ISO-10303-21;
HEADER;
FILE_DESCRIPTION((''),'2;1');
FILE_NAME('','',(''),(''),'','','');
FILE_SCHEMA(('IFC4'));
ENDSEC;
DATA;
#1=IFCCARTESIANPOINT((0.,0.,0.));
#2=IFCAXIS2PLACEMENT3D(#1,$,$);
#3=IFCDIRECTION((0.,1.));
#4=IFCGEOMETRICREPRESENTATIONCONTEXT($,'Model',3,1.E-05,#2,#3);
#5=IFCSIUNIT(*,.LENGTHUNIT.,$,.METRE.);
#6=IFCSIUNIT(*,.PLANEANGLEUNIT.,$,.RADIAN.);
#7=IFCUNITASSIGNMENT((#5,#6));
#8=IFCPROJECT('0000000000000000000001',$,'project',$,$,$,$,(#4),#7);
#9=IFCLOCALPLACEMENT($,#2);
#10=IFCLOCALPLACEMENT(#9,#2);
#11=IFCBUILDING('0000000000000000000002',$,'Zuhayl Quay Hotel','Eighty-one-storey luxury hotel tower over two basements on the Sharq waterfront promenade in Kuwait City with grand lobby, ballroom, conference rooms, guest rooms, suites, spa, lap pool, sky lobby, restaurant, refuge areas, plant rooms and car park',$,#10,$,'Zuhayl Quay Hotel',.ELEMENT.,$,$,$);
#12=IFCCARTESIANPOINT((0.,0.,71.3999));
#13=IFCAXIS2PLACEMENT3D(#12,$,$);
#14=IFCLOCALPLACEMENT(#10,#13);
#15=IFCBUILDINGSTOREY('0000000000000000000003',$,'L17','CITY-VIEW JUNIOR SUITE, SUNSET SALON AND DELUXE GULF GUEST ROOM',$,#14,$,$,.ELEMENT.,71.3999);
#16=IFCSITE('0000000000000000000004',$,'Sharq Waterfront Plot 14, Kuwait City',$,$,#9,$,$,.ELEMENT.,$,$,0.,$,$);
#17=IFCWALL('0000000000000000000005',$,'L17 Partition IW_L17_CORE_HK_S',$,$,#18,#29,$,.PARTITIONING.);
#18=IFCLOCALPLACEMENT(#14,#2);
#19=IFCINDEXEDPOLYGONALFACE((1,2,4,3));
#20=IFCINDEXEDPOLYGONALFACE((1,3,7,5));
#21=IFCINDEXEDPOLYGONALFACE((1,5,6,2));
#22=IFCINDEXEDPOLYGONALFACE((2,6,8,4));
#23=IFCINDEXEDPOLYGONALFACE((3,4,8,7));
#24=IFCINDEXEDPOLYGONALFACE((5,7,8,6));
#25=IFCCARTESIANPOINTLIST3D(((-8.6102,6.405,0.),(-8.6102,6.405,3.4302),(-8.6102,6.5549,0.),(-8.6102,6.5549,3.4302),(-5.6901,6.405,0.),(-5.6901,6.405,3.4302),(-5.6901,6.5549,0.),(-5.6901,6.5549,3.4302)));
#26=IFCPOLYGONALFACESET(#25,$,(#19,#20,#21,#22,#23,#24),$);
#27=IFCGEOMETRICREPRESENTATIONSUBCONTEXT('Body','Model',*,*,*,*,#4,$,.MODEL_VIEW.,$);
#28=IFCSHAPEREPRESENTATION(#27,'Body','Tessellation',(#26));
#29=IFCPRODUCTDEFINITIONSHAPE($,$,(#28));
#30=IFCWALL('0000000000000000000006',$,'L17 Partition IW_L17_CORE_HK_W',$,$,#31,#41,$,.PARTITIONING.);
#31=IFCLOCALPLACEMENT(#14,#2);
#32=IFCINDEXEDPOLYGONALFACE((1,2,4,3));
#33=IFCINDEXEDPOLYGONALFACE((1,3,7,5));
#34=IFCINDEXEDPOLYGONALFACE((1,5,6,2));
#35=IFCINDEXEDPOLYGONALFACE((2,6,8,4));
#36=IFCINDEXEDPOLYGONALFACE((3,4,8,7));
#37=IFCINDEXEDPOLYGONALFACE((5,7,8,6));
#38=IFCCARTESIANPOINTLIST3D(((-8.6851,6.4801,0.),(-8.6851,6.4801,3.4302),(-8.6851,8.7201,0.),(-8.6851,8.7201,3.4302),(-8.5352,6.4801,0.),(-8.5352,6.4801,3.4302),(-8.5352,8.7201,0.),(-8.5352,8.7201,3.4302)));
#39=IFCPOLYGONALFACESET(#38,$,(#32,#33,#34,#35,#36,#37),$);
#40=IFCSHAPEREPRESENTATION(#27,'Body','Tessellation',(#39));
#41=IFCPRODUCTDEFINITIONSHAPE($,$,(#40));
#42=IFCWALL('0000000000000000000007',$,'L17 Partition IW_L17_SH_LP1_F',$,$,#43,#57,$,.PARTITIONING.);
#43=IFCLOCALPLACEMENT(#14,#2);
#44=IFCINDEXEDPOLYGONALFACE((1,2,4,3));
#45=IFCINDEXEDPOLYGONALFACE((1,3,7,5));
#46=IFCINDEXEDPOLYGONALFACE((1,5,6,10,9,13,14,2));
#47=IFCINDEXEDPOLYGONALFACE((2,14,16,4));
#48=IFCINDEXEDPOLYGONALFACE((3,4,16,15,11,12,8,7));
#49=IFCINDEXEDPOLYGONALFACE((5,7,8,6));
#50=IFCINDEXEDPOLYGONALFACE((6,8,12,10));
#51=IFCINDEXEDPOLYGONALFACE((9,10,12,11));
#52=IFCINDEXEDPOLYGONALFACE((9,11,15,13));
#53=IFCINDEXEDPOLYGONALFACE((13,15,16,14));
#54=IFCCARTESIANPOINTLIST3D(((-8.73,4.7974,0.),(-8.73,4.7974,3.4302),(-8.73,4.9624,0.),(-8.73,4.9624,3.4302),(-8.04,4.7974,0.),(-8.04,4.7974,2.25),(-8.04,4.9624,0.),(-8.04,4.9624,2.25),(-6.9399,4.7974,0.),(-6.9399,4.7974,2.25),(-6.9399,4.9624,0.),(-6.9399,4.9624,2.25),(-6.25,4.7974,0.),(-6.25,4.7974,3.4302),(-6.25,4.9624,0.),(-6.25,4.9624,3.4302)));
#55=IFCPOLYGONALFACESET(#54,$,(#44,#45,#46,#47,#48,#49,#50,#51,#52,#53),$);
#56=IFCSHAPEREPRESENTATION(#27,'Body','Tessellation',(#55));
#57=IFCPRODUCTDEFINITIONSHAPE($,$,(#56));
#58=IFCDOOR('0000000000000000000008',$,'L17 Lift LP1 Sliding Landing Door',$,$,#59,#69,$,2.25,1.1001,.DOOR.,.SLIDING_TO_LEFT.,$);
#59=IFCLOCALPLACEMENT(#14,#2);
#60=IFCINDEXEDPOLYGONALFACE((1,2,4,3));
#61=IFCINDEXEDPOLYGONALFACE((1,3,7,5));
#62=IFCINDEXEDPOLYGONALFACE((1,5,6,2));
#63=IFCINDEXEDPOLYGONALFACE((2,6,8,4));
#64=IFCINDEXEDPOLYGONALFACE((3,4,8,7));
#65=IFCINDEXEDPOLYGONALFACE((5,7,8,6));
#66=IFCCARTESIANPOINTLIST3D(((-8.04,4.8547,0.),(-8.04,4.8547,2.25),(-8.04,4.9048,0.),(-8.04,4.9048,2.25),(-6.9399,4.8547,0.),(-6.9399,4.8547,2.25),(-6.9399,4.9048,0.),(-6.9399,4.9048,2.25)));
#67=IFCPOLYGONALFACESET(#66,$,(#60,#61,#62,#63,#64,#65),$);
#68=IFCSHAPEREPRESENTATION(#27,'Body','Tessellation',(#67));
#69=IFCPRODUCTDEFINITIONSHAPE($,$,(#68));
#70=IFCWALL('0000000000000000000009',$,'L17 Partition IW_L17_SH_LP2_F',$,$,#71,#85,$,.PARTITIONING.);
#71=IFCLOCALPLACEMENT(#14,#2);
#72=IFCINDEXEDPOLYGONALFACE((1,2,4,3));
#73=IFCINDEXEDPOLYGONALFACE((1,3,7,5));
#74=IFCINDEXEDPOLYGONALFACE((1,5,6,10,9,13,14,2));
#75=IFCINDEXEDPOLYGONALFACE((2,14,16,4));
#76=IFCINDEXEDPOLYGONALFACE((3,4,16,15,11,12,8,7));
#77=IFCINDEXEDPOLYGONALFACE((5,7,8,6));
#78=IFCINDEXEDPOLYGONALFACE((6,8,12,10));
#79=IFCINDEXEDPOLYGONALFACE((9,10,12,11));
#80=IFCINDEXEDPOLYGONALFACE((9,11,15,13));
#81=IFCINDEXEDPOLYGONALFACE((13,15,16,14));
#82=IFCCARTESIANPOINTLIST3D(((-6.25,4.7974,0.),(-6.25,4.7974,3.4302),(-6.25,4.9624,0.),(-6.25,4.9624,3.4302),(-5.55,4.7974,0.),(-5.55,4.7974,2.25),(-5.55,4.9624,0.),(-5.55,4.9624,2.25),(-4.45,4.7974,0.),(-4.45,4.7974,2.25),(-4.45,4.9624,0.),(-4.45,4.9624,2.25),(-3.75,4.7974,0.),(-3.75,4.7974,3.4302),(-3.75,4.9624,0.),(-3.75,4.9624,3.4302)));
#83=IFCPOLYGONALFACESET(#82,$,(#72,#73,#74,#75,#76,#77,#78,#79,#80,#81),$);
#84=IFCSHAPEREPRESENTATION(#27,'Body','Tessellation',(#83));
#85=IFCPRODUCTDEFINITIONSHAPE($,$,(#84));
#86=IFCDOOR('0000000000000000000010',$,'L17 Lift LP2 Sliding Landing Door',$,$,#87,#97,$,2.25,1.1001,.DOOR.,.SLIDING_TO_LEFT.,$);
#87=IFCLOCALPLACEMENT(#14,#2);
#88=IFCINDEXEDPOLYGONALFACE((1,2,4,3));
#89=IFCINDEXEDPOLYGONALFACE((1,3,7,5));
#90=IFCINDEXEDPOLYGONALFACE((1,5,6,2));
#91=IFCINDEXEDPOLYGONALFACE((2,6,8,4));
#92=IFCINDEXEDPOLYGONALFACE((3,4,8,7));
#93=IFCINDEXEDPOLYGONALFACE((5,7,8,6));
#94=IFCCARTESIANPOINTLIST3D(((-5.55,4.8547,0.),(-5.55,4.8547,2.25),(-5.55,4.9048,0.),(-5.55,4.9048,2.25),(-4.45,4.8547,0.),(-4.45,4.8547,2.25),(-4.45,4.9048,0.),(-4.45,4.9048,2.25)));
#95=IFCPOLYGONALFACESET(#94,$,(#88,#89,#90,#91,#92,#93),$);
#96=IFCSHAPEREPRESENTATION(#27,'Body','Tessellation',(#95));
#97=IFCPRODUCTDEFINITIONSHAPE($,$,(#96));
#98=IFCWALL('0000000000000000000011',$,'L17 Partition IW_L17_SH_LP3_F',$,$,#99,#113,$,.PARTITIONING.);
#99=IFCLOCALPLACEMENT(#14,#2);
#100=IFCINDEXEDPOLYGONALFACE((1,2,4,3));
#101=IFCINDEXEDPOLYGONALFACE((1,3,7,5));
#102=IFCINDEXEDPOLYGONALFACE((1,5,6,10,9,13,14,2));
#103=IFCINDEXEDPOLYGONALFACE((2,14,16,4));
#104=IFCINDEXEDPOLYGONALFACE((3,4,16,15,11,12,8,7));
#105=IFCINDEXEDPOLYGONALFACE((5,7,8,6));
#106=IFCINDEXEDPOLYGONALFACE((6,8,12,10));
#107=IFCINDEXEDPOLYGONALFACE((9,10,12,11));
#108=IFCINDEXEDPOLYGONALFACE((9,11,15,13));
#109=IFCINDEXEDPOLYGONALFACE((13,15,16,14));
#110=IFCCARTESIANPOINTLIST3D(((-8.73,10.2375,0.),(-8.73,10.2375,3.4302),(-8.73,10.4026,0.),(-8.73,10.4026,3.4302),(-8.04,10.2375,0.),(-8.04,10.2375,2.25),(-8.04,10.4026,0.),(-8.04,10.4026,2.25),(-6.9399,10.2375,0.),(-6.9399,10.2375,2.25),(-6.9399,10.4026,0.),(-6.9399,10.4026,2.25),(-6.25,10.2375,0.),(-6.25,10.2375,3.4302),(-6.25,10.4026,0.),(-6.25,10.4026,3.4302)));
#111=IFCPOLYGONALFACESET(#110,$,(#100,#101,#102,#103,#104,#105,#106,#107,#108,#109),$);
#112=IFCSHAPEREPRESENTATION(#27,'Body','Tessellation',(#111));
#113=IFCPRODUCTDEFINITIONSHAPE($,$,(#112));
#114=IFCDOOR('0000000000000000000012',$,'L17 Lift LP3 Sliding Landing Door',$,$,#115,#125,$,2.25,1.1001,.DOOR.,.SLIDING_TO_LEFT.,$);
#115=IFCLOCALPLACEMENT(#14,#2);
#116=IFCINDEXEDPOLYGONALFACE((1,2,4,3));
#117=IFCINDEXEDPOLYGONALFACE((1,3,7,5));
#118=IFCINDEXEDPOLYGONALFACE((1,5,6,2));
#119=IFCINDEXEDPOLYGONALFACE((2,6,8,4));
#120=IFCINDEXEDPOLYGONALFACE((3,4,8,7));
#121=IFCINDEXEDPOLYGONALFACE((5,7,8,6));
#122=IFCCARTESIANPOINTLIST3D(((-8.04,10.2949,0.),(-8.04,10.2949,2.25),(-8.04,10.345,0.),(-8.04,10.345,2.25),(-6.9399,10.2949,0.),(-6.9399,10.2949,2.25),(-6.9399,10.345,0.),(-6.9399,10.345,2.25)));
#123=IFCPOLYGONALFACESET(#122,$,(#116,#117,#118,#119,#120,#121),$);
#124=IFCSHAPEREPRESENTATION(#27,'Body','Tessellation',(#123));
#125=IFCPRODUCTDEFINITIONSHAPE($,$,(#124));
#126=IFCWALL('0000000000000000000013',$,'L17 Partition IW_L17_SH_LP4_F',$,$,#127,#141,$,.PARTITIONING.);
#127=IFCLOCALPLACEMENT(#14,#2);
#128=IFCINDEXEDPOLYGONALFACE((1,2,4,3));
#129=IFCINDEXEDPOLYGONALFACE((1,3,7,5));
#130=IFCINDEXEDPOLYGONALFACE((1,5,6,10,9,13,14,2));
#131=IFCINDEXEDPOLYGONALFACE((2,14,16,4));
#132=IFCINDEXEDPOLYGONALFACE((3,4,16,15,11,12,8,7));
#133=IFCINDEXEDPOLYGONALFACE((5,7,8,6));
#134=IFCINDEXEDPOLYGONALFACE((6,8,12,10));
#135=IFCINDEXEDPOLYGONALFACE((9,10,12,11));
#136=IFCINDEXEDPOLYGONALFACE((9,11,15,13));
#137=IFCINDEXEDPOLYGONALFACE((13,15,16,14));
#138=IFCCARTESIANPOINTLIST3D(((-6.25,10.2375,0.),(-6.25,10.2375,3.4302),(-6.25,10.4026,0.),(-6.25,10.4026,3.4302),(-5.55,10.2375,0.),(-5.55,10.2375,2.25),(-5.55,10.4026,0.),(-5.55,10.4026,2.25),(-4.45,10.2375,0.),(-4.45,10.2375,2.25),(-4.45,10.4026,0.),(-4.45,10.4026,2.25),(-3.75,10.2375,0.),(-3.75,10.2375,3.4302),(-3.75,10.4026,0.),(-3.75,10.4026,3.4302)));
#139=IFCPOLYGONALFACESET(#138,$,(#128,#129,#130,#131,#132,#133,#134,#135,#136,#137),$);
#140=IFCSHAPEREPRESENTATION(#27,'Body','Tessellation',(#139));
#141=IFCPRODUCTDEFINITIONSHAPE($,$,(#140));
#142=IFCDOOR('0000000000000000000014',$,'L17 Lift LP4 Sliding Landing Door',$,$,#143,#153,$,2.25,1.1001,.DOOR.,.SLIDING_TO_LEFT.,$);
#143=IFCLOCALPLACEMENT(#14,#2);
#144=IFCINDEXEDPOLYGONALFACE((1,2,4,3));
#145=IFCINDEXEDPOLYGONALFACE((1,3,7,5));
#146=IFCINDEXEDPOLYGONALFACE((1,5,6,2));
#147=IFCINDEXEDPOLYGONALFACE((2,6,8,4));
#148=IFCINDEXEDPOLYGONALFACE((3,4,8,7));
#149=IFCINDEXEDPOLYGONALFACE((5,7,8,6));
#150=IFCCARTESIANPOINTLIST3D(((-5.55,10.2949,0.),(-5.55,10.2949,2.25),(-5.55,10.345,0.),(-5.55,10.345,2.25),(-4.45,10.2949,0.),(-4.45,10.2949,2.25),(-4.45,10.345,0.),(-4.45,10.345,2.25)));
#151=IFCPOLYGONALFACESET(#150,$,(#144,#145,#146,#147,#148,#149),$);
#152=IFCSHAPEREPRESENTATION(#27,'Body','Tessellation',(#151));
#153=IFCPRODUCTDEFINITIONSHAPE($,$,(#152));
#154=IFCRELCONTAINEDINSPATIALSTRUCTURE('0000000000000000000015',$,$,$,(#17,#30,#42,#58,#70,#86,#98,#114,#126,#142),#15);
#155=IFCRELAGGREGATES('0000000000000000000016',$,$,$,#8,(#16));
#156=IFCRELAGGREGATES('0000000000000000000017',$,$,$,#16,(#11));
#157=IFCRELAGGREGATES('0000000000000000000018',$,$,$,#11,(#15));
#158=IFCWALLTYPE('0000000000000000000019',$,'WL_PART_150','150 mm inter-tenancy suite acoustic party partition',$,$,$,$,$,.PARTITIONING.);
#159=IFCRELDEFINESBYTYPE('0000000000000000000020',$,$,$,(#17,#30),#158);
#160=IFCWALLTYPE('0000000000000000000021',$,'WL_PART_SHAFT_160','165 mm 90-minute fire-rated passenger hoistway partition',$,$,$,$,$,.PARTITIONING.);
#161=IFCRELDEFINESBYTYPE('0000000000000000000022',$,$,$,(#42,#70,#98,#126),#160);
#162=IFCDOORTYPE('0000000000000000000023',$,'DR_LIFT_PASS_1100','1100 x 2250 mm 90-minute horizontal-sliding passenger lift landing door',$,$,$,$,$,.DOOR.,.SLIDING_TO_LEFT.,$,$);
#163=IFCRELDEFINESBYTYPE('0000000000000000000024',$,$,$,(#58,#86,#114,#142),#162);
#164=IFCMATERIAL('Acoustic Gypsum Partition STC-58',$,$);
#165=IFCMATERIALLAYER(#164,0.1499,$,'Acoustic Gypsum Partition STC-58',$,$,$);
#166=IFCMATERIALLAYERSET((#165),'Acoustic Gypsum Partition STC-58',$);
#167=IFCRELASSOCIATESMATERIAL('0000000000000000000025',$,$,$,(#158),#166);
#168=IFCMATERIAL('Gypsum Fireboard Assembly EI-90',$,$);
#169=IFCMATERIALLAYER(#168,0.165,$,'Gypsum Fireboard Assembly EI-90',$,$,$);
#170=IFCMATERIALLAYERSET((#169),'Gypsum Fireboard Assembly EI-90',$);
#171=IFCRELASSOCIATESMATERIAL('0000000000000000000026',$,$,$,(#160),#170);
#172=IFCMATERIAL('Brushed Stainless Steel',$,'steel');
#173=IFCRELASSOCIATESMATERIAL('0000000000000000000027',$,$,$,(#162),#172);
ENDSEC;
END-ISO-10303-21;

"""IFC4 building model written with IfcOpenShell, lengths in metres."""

from ifc_helpers import new_model, si_unit, direction, frame, frame_2d, origin, place, context, subcontext, project, spatial, rectangle, extrude, material, layer, layer_set, type_object, element, fill, save


model = new_model("IFC4")

# Units and contexts
model_context = context("Model", 3, precision=1e-05, world=origin(), true_north=direction((0.0, 1.0)))
body_context = subcontext(model_context, "Body", "Model", "MODEL_VIEW")
ifc_project = project(units=[si_unit("LENGTHUNIT", "METRE"), si_unit("PLANEANGLEUNIT", "RADIAN")], contexts=[model_context])

# Site, building, storey
site_placement = place(None, origin())
site = spatial("IfcSite", under=ifc_project, at=site_placement, Name="Sharq Waterfront Plot 14, Kuwait City", CompositionType="ELEMENT", RefElevation=0.0)
building_placement = place(site_placement, origin())
building = spatial("IfcBuilding", under=site, at=building_placement, Name="Zuhayl Quay Hotel", Description="Eighty-one-storey luxury hotel tower over two basements on the Sharq waterfront promenade in Kuwait City with grand lobby, ballroom, conference rooms, guest rooms, suites, spa, lap pool, sky lobby, restaurant, refuge areas, plant rooms and car park", LongName="Zuhayl Quay Hotel", CompositionType="ELEMENT")
storey_placement = place(building_placement, frame((0.0, 0.0, 71.3999)))
storey = spatial("IfcBuildingStorey", under=building, at=storey_placement, Name="L17", Description="CITY-VIEW JUNIOR SUITE, SUNSET SALON AND DELUXE GULF GUEST ROOM", CompositionType="ELEMENT", Elevation=71.3999)

# Shared definitions
ifc_material_1 = material(Name="Acoustic Gypsum Partition STC-58")
ifc_layer_1 = layer(ifc_material_1, 0.1499, Name="Acoustic Gypsum Partition STC-58")
ifc_layer_set_1 = layer_set([ifc_layer_1], Name="Acoustic Gypsum Partition STC-58")
wall_type_1 = type_object("IfcWallType", Name="WL_PART_150", Description="150 mm inter-tenancy suite acoustic party partition", PredefinedType="PARTITIONING", material=ifc_layer_set_1)

# Walls
wall_1_placement = place(storey_placement, frame((-8.6101, 6.48, 0.0), z_axis=(0.0, 0.0, 1.0), x_axis=(1.0, 0.0, 0.0)))
element("IfcWall", 1, at=wall_1_placement, inside=storey, type_object=wall_type_1, Name="L17 Partition IW_L17_CORE_HK_S", PredefinedType="PARTITIONING", context=body_context, shape_type="SweptSolid", body=[
    extrude(rectangle(XDim=2.9202, YDim=0.1499, at=frame_2d((1.46, 0.0))), origin(), (0.0, 0.0, 1.0), 3.4302),
])
wall_2_placement = place(storey_placement, frame((-8.6101, 6.48, 0.0), z_axis=(0.0, 0.0, 1.0), x_axis=(0.0, 1.0, 0.0)))
element("IfcWall", 2, at=wall_2_placement, inside=storey, type_object=wall_type_1, Name="L17 Partition IW_L17_CORE_HK_W", PredefinedType="PARTITIONING", context=body_context, shape_type="SweptSolid", body=[
    extrude(rectangle(XDim=2.24, YDim=0.1499, at=frame_2d((1.1201, 0.0))), origin(), (0.0, 0.0, 1.0), 3.4302),
])

# Walls, openings, doors
ifc_material_2 = material(Name="Gypsum Fireboard Assembly EI-90")
ifc_layer_2 = layer(ifc_material_2, 0.165, Name="Gypsum Fireboard Assembly EI-90")
ifc_layer_set_2 = layer_set([ifc_layer_2], Name="Gypsum Fireboard Assembly EI-90")
wall_type_2 = type_object("IfcWallType", Name="WL_PART_SHAFT_160", Description="165 mm 90-minute fire-rated passenger hoistway partition", PredefinedType="PARTITIONING", material=ifc_layer_set_2)
wall_3_placement = place(storey_placement, frame((-8.73, 4.8799, 0.0), z_axis=(0.0, 0.0, 1.0), x_axis=(1.0, 0.0, 0.0)))
wall_3 = element("IfcWall", 3, at=wall_3_placement, inside=storey, type_object=wall_type_2, Name="L17 Partition IW_L17_SH_LP1_F", PredefinedType="PARTITIONING", context=body_context, shape_type="SweptSolid", body=[
    extrude(rectangle(XDim=2.48, YDim=0.165, at=frame_2d((1.24, 0.0))), origin(), (0.0, 0.0, 1.0), 3.4302),
])
opening_1_placement = place(wall_3_placement, frame((0.6899, 0.0, 0.0)))
opening_1 = element("IfcOpeningElement", 4, at=opening_1_placement, cuts=wall_3, PredefinedType="OPENING", context=body_context, shape_type="SweptSolid", body=[
    extrude(rectangle(XDim=1.1001, YDim=2.25, at=frame_2d((0.55, 1.125))), frame((0.0, 0.0925, 0.0), z_axis=(0.0, -1.0, 0.0), x_axis=(1.0, 0.0, 0.0)), (0.0, 0.0, 1.0), 0.1851),
])
ifc_material_3 = material(Name="Brushed Stainless Steel", Category="steel")
door_type_1 = type_object("IfcDoorType", Name="DR_LIFT_PASS_1100", Description="1100 x 2250 mm 90-minute horizontal-sliding passenger lift landing door", OperationType="SLIDING_TO_LEFT", PredefinedType="DOOR", material=ifc_material_3)
door_1_placement = place(opening_1_placement, origin())
door_1 = element("IfcDoor", 5, at=door_1_placement, inside=storey, type_object=door_type_1, Name="L17 Lift LP1 Sliding Landing Door", OperationType="SLIDING_TO_LEFT", OverallHeight=2.25, OverallWidth=1.1001, PredefinedType="DOOR", context=body_context, shape_type="SweptSolid", body=[
    extrude(rectangle(XDim=1.1001, YDim=2.25, at=frame_2d((0.55, 1.125))), frame((0.0, 0.0249, 0.0), z_axis=(0.0, -1.0, 0.0), x_axis=(1.0, 0.0, 0.0)), (0.0, 0.0, 1.0), 0.05),
])
fill(opening_1, door_1)
wall_4_placement = place(storey_placement, frame((-6.25, 4.8799, 0.0), z_axis=(0.0, 0.0, 1.0), x_axis=(1.0, 0.0, 0.0)))
wall_4 = element("IfcWall", 6, at=wall_4_placement, inside=storey, type_object=wall_type_2, Name="L17 Partition IW_L17_SH_LP2_F", PredefinedType="PARTITIONING", context=body_context, shape_type="SweptSolid", body=[
    extrude(rectangle(XDim=2.5, YDim=0.165, at=frame_2d((1.25, 0.0))), origin(), (0.0, 0.0, 1.0), 3.4302),
])
opening_2_placement = place(wall_4_placement, frame((0.7, 0.0, 0.0)))
opening_2 = element("IfcOpeningElement", 7, at=opening_2_placement, cuts=wall_4, PredefinedType="OPENING", context=body_context, shape_type="SweptSolid", body=[
    extrude(rectangle(XDim=1.1001, YDim=2.25, at=frame_2d((0.55, 1.125))), frame((0.0, 0.0925, 0.0), z_axis=(0.0, -1.0, 0.0), x_axis=(1.0, 0.0, 0.0)), (0.0, 0.0, 1.0), 0.1851),
])
door_2_placement = place(opening_2_placement, origin())
door_2 = element("IfcDoor", 8, at=door_2_placement, inside=storey, type_object=door_type_1, Name="L17 Lift LP2 Sliding Landing Door", OperationType="SLIDING_TO_LEFT", OverallHeight=2.25, OverallWidth=1.1001, PredefinedType="DOOR", context=body_context, shape_type="SweptSolid", body=[
    extrude(rectangle(XDim=1.1001, YDim=2.25, at=frame_2d((0.55, 1.125))), frame((0.0, 0.0249, 0.0), z_axis=(0.0, -1.0, 0.0), x_axis=(1.0, 0.0, 0.0)), (0.0, 0.0, 1.0), 0.05),
])
fill(opening_2, door_2)
wall_5_placement = place(storey_placement, frame((-8.73, 10.3201, 0.0), z_axis=(0.0, 0.0, 1.0), x_axis=(1.0, 0.0, 0.0)))
wall_5 = element("IfcWall", 9, at=wall_5_placement, inside=storey, type_object=wall_type_2, Name="L17 Partition IW_L17_SH_LP3_F", PredefinedType="PARTITIONING", context=body_context, shape_type="SweptSolid", body=[
    extrude(rectangle(XDim=2.48, YDim=0.165, at=frame_2d((1.24, 0.0))), origin(), (0.0, 0.0, 1.0), 3.4302),
])
opening_3_placement = place(wall_5_placement, frame((0.6899, 0.0, 0.0)))
opening_3 = element("IfcOpeningElement", 10, at=opening_3_placement, cuts=wall_5, PredefinedType="OPENING", context=body_context, shape_type="SweptSolid", body=[
    extrude(rectangle(XDim=1.1001, YDim=2.25, at=frame_2d((0.55, 1.125))), frame((0.0, 0.0925, 0.0), z_axis=(0.0, -1.0, 0.0), x_axis=(1.0, 0.0, 0.0)), (0.0, 0.0, 1.0), 0.1851),
])
door_3_placement = place(opening_3_placement, origin())
door_3 = element("IfcDoor", 11, at=door_3_placement, inside=storey, type_object=door_type_1, Name="L17 Lift LP3 Sliding Landing Door", OperationType="SLIDING_TO_LEFT", OverallHeight=2.25, OverallWidth=1.1001, PredefinedType="DOOR", context=body_context, shape_type="SweptSolid", body=[
    extrude(rectangle(XDim=1.1001, YDim=2.25, at=frame_2d((0.55, 1.125))), frame((0.0, 0.0249, 0.0), z_axis=(0.0, -1.0, 0.0), x_axis=(1.0, 0.0, 0.0)), (0.0, 0.0, 1.0), 0.05),
])
fill(opening_3, door_3)
wall_6_placement = place(storey_placement, frame((-6.25, 10.3201, 0.0), z_axis=(0.0, 0.0, 1.0), x_axis=(1.0, 0.0, 0.0)))
wall_6 = element("IfcWall", 12, at=wall_6_placement, inside=storey, type_object=wall_type_2, Name="L17 Partition IW_L17_SH_LP4_F", PredefinedType="PARTITIONING", context=body_context, shape_type="SweptSolid", body=[
    extrude(rectangle(XDim=2.5, YDim=0.165, at=frame_2d((1.25, 0.0))), origin(), (0.0, 0.0, 1.0), 3.4302),
])
opening_4_placement = place(wall_6_placement, frame((0.7, 0.0, 0.0)))
opening_4 = element("IfcOpeningElement", 13, at=opening_4_placement, cuts=wall_6, PredefinedType="OPENING", context=body_context, shape_type="SweptSolid", body=[
    extrude(rectangle(XDim=1.1001, YDim=2.25, at=frame_2d((0.55, 1.125))), frame((0.0, 0.0925, 0.0), z_axis=(0.0, -1.0, 0.0), x_axis=(1.0, 0.0, 0.0)), (0.0, 0.0, 1.0), 0.1851),
])
door_4_placement = place(opening_4_placement, origin())
door_4 = element("IfcDoor", 14, at=door_4_placement, inside=storey, type_object=door_type_1, Name="L17 Lift LP4 Sliding Landing Door", OperationType="SLIDING_TO_LEFT", OverallHeight=2.25, OverallWidth=1.1001, PredefinedType="DOOR", context=body_context, shape_type="SweptSolid", body=[
    extrude(rectangle(XDim=1.1001, YDim=2.25, at=frame_2d((0.55, 1.125))), frame((0.0, 0.0249, 0.0), z_axis=(0.0, -1.0, 0.0), x_axis=(1.0, 0.0, 0.0)), (0.0, 0.0, 1.0), 0.05),
])
fill(opening_4, door_4)

save(model, "model.ifc")
